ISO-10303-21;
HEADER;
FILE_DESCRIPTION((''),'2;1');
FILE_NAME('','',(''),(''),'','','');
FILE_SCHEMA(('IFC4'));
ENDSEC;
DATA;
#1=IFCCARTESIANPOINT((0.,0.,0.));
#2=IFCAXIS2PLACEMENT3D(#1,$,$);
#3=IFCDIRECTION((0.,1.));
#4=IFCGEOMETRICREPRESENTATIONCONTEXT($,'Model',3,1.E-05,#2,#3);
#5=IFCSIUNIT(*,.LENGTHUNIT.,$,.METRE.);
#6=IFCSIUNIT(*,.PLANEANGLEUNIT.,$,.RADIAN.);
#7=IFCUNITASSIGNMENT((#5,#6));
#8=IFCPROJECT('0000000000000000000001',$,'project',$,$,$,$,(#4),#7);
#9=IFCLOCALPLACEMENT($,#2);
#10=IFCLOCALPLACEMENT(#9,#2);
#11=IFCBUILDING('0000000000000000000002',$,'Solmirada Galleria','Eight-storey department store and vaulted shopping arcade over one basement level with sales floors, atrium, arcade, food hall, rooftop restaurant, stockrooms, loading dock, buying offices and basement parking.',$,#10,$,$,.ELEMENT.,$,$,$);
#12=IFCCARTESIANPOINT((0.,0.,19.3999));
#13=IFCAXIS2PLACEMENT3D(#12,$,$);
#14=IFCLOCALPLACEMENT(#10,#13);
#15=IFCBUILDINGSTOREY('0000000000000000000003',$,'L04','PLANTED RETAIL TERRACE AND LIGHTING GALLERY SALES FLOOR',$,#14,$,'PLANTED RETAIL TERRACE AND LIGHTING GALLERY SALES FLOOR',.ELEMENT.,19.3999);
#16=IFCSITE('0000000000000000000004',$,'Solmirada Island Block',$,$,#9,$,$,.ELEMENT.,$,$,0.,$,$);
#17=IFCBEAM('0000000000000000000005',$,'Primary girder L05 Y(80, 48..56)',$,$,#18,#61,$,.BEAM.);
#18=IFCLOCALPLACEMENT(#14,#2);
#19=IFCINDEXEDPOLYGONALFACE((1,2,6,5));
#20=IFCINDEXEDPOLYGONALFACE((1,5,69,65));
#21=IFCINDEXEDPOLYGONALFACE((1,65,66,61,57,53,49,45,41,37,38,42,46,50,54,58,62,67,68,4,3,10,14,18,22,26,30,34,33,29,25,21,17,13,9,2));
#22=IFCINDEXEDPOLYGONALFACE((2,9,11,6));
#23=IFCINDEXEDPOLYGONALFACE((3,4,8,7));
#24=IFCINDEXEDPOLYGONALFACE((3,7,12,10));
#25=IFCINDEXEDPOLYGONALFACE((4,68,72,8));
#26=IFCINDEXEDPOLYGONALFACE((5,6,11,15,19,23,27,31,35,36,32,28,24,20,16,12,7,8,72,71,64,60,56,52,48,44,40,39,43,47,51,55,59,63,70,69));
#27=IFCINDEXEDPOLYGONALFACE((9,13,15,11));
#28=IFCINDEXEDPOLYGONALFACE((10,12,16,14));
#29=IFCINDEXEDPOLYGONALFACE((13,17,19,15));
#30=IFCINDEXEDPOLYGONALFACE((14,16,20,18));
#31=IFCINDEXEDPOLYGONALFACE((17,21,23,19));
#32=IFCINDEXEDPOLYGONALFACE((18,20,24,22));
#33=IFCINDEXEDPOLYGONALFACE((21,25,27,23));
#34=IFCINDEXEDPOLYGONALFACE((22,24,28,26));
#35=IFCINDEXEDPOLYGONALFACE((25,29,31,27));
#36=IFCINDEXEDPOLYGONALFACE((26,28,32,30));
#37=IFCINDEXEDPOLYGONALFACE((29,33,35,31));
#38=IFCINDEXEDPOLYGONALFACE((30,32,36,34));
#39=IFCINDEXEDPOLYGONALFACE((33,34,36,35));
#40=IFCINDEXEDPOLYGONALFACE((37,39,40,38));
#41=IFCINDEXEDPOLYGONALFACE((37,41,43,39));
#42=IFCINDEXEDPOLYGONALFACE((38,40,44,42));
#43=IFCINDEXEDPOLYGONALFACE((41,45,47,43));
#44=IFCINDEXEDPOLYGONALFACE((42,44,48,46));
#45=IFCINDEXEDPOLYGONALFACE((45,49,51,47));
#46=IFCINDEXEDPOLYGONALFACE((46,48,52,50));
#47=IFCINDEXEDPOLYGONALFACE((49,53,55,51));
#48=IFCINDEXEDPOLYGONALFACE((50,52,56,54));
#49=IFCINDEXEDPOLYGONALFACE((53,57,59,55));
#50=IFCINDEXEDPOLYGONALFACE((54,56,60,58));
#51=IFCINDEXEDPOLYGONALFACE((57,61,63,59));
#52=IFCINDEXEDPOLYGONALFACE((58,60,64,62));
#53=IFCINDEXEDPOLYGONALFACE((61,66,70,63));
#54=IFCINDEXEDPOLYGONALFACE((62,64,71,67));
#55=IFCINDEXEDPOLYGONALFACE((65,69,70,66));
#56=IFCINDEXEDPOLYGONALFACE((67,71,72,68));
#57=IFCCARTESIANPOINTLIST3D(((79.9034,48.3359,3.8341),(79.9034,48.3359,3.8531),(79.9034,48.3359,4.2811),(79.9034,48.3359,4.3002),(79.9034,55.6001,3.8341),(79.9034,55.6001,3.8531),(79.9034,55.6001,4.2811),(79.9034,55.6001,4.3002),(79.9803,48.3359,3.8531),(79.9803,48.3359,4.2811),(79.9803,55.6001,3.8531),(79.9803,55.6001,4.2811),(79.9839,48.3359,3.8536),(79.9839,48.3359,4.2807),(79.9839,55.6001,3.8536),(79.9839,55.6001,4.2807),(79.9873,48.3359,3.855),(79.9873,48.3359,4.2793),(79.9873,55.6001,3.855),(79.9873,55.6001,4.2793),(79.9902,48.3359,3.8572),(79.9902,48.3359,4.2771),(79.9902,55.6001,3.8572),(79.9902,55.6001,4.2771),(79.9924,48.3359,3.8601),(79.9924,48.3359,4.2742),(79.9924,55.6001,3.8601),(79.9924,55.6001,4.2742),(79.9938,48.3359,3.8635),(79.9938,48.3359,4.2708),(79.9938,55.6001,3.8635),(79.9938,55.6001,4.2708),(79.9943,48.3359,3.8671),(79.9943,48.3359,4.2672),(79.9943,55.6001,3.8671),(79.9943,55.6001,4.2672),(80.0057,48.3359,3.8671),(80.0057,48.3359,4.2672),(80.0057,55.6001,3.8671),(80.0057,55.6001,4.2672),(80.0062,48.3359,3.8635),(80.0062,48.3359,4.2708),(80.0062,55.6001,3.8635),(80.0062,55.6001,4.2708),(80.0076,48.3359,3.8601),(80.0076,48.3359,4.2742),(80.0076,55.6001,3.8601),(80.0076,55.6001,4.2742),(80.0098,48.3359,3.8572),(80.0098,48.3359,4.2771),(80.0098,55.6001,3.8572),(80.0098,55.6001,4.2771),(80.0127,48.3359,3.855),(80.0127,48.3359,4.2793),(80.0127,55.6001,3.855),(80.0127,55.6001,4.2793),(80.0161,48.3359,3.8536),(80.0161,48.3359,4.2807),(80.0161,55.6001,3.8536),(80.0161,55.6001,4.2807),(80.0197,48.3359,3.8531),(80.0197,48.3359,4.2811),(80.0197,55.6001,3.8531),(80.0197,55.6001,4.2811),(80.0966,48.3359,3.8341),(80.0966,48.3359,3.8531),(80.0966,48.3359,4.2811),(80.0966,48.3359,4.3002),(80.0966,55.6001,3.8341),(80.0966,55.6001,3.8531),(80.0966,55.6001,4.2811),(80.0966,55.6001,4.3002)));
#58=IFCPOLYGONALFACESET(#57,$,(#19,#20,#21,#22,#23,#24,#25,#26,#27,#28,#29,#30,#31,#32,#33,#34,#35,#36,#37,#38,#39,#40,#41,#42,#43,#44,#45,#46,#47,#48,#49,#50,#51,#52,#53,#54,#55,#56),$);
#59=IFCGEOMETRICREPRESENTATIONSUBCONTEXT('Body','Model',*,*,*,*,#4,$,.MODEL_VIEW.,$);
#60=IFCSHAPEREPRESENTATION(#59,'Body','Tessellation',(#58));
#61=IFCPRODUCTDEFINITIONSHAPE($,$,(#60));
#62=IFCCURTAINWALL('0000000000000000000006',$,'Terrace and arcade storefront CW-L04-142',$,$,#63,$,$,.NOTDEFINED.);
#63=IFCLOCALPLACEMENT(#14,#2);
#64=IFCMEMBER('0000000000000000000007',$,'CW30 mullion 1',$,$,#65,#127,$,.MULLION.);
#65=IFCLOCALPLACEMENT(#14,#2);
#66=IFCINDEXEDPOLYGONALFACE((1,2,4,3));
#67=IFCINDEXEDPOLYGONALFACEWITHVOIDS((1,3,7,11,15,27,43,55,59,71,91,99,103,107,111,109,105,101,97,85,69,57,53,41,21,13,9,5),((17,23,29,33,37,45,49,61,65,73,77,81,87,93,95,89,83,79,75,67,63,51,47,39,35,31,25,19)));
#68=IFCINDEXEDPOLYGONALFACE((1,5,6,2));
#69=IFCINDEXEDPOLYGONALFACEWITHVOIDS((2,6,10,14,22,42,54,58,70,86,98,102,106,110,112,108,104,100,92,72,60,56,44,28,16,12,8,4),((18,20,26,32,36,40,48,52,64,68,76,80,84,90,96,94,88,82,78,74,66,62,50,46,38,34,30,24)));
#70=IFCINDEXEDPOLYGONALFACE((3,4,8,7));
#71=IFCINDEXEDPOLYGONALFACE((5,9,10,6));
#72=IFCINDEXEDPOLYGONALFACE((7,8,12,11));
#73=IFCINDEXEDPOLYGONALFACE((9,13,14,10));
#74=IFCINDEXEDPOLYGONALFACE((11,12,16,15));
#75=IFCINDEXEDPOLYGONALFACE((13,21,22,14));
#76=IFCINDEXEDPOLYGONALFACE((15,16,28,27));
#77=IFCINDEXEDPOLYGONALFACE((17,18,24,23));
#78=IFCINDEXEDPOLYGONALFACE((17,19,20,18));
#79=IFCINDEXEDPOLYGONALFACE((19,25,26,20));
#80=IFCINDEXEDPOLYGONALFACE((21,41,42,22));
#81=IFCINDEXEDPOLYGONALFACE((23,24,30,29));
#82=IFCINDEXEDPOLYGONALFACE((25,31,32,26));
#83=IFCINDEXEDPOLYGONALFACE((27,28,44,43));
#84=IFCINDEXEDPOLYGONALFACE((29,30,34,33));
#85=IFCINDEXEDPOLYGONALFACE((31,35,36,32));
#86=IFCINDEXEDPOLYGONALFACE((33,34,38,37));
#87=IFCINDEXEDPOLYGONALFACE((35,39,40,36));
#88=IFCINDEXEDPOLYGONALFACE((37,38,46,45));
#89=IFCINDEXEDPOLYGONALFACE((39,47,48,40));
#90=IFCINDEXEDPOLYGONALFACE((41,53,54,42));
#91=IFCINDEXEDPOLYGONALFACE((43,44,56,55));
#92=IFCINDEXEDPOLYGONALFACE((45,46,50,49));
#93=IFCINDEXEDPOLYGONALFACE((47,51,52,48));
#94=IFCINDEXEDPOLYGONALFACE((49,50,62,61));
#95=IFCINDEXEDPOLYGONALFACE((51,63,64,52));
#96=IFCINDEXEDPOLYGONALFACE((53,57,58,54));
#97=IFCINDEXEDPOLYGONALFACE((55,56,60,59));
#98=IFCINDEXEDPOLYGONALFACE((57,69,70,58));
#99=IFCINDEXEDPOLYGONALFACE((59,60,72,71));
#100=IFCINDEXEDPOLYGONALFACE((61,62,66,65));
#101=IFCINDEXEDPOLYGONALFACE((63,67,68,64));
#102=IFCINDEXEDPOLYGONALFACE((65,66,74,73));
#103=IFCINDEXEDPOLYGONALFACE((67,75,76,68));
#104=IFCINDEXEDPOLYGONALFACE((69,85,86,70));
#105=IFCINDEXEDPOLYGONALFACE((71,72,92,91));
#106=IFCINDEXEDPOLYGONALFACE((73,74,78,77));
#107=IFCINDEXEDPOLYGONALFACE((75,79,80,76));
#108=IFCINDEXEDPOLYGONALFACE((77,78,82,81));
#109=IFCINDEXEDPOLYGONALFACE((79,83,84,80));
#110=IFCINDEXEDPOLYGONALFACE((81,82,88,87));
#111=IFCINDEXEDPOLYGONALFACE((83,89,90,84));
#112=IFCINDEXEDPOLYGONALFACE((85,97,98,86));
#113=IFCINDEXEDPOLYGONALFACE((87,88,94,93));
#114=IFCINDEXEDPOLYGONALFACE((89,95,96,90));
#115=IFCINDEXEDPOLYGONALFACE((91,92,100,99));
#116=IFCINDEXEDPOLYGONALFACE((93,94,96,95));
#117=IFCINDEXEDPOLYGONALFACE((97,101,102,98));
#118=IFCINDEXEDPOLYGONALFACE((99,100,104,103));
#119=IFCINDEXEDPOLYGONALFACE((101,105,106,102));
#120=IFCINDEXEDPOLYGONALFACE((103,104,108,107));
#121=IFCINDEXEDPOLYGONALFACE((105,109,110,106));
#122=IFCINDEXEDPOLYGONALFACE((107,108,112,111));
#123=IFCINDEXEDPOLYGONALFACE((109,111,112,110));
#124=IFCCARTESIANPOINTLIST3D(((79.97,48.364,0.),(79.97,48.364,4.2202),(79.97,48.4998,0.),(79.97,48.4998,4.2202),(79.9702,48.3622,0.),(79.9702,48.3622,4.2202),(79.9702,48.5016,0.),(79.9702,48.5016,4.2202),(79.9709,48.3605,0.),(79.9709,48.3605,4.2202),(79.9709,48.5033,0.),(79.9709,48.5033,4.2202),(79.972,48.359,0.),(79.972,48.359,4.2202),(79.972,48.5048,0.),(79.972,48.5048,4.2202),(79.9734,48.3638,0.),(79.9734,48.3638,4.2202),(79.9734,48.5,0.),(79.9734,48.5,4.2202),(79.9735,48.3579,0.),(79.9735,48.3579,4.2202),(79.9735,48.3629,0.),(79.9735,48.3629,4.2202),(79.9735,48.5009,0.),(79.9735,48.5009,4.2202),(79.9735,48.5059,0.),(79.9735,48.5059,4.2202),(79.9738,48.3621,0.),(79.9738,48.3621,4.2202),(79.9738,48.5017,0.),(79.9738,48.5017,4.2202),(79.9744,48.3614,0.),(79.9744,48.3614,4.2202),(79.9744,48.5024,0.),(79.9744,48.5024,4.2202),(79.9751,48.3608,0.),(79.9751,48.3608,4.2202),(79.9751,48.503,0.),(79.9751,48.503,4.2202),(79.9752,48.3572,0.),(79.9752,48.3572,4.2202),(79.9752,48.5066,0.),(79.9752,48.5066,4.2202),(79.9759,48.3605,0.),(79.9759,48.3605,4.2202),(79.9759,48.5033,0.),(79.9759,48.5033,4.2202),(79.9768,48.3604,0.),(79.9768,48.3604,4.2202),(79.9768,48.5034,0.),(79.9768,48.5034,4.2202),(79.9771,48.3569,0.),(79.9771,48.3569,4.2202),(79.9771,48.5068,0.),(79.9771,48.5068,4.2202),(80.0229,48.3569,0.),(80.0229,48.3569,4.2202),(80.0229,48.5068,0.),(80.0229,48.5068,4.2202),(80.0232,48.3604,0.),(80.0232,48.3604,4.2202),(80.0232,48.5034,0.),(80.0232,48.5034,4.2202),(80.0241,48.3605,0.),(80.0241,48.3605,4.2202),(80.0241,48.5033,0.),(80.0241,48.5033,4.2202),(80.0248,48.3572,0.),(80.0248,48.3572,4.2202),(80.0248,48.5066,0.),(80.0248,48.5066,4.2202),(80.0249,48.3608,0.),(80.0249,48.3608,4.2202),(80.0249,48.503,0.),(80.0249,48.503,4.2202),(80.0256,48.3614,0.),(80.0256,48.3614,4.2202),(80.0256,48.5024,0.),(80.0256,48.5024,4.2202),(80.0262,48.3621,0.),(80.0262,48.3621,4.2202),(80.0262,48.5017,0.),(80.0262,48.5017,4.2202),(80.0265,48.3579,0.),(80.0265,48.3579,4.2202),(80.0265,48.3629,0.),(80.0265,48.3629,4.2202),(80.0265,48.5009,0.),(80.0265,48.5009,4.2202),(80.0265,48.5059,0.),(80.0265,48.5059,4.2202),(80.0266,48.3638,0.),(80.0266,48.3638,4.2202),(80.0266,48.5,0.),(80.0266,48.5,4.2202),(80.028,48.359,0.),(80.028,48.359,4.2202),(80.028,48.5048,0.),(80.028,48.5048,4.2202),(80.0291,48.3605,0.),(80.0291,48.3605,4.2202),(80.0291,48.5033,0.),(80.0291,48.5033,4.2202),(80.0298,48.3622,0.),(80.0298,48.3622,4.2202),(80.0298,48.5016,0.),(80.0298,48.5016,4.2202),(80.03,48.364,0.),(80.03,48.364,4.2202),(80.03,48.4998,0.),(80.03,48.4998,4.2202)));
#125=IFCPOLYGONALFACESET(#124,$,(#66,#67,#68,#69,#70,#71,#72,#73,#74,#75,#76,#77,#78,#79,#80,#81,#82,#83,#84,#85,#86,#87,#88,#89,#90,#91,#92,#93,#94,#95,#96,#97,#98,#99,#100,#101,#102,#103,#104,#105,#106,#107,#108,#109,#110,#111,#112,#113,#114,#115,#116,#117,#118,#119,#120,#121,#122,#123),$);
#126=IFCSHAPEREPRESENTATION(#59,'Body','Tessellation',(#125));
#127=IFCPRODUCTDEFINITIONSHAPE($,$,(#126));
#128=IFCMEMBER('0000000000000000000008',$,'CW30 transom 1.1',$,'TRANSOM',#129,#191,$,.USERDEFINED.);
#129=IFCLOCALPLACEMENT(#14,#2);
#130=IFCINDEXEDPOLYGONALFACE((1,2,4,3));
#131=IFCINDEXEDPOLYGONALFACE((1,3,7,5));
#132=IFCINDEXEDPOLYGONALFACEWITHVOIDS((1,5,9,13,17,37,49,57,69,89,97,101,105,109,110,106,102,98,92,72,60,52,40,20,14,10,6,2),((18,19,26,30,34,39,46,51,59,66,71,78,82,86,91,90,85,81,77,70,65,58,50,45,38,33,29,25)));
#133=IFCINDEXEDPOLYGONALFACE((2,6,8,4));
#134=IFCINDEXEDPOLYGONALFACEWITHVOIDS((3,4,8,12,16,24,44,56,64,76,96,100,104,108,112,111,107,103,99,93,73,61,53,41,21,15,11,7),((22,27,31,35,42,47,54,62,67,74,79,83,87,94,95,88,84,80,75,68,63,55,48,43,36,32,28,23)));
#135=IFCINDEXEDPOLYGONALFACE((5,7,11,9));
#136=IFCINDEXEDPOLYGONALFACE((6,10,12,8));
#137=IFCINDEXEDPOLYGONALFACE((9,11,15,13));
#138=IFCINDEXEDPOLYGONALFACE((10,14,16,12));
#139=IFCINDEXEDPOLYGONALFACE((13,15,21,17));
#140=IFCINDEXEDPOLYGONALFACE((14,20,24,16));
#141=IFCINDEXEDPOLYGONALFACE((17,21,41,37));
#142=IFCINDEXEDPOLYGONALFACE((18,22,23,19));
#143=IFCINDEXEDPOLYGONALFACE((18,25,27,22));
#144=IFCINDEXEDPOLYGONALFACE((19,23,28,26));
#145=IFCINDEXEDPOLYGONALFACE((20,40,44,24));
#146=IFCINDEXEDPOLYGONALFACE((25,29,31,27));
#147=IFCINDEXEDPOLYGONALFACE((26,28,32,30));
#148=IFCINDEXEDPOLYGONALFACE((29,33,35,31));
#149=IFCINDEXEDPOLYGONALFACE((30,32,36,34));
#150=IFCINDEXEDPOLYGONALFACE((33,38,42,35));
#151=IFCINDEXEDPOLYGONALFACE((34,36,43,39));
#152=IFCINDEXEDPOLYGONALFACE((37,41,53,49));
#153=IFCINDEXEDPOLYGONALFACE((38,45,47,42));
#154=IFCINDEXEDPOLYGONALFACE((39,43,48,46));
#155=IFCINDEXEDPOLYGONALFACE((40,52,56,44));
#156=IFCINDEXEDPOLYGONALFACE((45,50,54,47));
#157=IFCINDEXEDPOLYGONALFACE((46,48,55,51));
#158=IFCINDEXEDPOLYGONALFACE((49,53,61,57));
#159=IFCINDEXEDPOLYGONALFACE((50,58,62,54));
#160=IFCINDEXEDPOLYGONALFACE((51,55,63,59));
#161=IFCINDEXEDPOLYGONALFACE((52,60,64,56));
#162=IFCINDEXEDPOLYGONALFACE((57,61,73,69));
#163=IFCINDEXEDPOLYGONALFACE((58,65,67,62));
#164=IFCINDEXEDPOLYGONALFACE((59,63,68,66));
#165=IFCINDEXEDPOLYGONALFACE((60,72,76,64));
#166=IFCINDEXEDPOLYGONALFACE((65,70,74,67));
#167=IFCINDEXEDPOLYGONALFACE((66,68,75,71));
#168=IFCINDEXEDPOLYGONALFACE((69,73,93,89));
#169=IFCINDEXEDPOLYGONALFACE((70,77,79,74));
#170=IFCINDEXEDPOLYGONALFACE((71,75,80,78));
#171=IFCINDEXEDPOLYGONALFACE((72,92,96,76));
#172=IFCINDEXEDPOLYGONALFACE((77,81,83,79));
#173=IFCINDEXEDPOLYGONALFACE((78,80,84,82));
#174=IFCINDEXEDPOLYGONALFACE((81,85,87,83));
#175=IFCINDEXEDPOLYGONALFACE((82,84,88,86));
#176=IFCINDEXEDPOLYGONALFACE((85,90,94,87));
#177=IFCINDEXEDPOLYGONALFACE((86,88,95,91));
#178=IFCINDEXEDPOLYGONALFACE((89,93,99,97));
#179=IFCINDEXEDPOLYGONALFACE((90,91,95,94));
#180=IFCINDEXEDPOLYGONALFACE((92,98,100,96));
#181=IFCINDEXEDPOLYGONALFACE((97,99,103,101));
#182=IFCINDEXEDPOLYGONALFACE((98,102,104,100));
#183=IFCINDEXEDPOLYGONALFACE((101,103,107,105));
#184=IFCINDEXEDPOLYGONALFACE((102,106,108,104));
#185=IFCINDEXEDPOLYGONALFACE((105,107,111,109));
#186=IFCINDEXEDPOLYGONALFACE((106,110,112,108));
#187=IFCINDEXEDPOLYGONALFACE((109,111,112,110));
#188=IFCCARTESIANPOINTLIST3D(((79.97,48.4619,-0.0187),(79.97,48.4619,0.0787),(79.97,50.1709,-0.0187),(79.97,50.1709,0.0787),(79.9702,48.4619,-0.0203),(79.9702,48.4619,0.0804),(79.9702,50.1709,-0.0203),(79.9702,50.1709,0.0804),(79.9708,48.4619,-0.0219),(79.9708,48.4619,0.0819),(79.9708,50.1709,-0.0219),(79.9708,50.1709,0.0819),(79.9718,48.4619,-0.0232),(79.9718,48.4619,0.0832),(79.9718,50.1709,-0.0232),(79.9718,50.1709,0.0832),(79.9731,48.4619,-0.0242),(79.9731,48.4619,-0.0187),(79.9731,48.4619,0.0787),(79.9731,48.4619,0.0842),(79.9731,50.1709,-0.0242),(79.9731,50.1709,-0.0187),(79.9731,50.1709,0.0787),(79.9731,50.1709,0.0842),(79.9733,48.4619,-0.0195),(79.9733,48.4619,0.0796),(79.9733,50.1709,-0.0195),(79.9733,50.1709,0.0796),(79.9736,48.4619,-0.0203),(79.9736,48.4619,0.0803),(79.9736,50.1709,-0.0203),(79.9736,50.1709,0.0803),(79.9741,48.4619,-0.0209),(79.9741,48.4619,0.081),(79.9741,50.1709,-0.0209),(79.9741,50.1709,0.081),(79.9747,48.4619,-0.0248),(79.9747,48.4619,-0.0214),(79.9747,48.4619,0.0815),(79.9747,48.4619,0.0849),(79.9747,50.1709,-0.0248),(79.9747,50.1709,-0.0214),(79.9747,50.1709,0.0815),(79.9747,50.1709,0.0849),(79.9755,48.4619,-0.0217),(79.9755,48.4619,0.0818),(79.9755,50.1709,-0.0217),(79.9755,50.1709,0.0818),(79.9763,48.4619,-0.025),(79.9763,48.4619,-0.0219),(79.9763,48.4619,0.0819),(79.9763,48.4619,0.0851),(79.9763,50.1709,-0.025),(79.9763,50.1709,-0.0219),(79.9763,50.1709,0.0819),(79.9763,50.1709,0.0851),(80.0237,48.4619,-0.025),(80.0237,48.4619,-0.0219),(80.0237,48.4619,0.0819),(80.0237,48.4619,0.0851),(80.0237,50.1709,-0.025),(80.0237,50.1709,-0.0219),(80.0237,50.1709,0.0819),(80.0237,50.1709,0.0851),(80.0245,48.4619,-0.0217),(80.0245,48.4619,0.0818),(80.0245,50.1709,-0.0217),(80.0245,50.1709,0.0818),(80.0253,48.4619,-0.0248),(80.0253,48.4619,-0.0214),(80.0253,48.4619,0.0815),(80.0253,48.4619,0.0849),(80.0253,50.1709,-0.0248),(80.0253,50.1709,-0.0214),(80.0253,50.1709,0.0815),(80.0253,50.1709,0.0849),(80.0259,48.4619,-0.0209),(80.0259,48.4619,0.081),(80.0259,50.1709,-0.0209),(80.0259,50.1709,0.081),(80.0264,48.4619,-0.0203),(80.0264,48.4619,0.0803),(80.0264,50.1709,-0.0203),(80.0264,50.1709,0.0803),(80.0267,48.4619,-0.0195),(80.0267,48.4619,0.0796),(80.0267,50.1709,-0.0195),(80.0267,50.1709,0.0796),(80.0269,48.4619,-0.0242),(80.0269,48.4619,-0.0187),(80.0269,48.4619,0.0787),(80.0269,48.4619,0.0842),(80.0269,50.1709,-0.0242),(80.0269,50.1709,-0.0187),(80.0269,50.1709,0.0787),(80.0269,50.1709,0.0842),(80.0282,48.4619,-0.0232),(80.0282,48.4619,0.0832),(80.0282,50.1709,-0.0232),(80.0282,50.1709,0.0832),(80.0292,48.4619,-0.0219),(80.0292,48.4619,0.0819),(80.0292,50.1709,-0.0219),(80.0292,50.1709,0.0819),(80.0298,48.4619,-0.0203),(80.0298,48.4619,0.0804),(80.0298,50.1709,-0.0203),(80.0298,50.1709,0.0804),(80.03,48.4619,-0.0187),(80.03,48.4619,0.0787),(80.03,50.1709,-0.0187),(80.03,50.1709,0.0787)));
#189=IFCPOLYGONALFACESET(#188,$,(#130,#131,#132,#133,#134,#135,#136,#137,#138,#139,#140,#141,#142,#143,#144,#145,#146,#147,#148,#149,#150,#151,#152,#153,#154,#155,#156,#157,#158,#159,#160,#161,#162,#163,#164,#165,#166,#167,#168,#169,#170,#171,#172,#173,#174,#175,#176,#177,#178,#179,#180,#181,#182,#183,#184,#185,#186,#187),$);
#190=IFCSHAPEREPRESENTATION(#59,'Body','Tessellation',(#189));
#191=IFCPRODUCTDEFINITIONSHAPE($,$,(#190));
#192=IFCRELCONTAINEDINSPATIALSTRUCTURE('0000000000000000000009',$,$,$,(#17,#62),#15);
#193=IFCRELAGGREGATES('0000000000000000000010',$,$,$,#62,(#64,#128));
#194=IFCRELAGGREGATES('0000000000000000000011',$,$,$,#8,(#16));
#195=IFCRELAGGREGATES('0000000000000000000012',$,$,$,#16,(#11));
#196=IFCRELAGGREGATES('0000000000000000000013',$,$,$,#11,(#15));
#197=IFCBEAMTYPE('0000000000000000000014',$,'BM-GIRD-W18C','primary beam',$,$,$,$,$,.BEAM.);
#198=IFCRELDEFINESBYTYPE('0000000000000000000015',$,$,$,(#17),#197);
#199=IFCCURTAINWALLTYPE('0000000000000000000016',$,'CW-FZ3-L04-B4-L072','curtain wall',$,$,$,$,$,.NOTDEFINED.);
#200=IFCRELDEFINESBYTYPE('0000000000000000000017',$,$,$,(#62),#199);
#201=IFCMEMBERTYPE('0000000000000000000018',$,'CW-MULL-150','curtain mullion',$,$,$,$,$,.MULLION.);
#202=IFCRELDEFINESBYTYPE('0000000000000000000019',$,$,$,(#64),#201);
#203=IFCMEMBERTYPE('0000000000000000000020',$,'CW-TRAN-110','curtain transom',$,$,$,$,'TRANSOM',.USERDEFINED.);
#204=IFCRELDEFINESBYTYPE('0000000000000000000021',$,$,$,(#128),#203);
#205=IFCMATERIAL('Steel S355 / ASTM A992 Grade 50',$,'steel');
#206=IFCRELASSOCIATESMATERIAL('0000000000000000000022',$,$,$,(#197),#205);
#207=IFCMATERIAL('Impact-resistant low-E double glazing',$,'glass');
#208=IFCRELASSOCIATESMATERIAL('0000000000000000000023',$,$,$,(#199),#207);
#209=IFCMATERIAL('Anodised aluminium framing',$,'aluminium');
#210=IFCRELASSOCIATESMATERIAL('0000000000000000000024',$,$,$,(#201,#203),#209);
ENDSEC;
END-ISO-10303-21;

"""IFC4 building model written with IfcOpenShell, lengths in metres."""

from ifc_helpers import new_model, si_unit, direction, frame, origin, origin_2d, place, context, subcontext, project, spatial, hollow_rectangle, i_section, extrude, material, material_profile, profile_set, type_object, element, aggregate, save


model = new_model("IFC4")

# Units and contexts
model_context = context("Model", 3, precision=1e-05, world=origin(), true_north=direction((0.0, 1.0)))
body_context = subcontext(model_context, "Body", "Model", "MODEL_VIEW")
ifc_project = project(units=[si_unit("LENGTHUNIT", "METRE"), si_unit("PLANEANGLEUNIT", "RADIAN")], contexts=[model_context])

# Site, building, storey
site_placement = place(None, origin())
site = spatial("IfcSite", under=ifc_project, at=site_placement, Name="Solmirada Island Block", CompositionType="ELEMENT", RefElevation=0.0)
building_placement = place(site_placement, origin())
building = spatial("IfcBuilding", under=site, at=building_placement, Name="Solmirada Galleria", Description="Eight-storey department store and vaulted shopping arcade over one basement level with sales floors, atrium, arcade, food hall, rooftop restaurant, stockrooms, loading dock, buying offices and basement parking.", CompositionType="ELEMENT")
storey_placement = place(building_placement, frame((0.0, 0.0, 19.3999)))
storey = spatial("IfcBuildingStorey", under=building, at=storey_placement, Name="L04", Description="PLANTED RETAIL TERRACE AND LIGHTING GALLERY SALES FLOOR", LongName="PLANTED RETAIL TERRACE AND LIGHTING GALLERY SALES FLOOR", CompositionType="ELEMENT", Elevation=19.3999)

# Beam
ifc_material_1 = material(Name="Steel S355 / ASTM A992 Grade 50", Category="steel")
ifc_material_profile_1 = material_profile(ifc_material_1, i_section(OverallWidth=0.1931, OverallDepth=0.4661, WebThickness=0.0115, FlangeThickness=0.019, FilletRadius=0.0139, at=origin_2d()), Name="W18X65")
ifc_profile_set_1 = profile_set([ifc_material_profile_1], Name="Steel S355 / ASTM A992 Grade 50")
beam_type = type_object("IfcBeamType", Name="BM-GIRD-W18C", Description="primary beam", PredefinedType="BEAM", material=ifc_profile_set_1)
beam_1_placement = place(storey_placement, frame((80.0, 48.3359, 4.0671), z_axis=(0.0, 1.0, 0.0), x_axis=(-1.0, 0.0, 0.0)))
element("IfcBeam", 1, at=beam_1_placement, inside=storey, type_object=beam_type, Name="Primary girder L05 Y(80, 48..56)", PredefinedType="BEAM", context=body_context, shape_type="SweptSolid", body=[
    extrude(i_section(OverallWidth=0.1931, OverallDepth=0.4661, WebThickness=0.0115, FlangeThickness=0.019, FilletRadius=0.0139, at=origin_2d()), origin(), (0.0, 0.0, 1.0), 7.2642),
])

# Curtain wall, members
ifc_material_2 = material(Name="Impact-resistant low-E double glazing", Category="glass")
curtain_wall_type = type_object("IfcCurtainWallType", Name="CW-FZ3-L04-B4-L072", Description="curtain wall", PredefinedType="NOTDEFINED", material=ifc_material_2)
curtain_wall_placement = place(storey_placement, origin())
curtain_wall = element("IfcCurtainWall", 2, at=curtain_wall_placement, inside=storey, type_object=curtain_wall_type, Name="Terrace and arcade storefront CW-L04-142", PredefinedType="NOTDEFINED")
ifc_material_3 = material(Name="Anodised aluminium framing", Category="aluminium")
ifc_material_profile_2 = material_profile(ifc_material_3, hollow_rectangle(XDim=0.0601, YDim=0.1499, WallThickness=0.0034, InnerFilletRadius=0.0034, OuterFilletRadius=0.0071, at=origin_2d()), Name="ALU-MULL-150X60")
ifc_profile_set_2 = profile_set([ifc_material_profile_2], Name="Anodised aluminium framing")
member_type_1 = type_object("IfcMemberType", Name="CW-MULL-150", Description="curtain mullion", PredefinedType="MULLION", material=ifc_profile_set_2)
member_1_placement = place(storey_placement, frame((80.0, 48.4319, 0.0), z_axis=(0.0, 0.0, 1.0), x_axis=(-1.0, 0.0, 0.0)))
member_1 = element("IfcMember", 3, at=member_1_placement, type_object=member_type_1, Name="CW30 mullion 1", PredefinedType="MULLION", context=body_context, shape_type="SweptSolid", body=[
    extrude(hollow_rectangle(XDim=0.0601, YDim=0.1499, WallThickness=0.0034, InnerFilletRadius=0.0034, OuterFilletRadius=0.0071, at=origin_2d()), origin(), (0.0, 0.0, 1.0), 4.2202),
])
ifc_material_profile_3 = material_profile(ifc_material_3, hollow_rectangle(XDim=0.0601, YDim=0.1101, WallThickness=0.0032, InnerFilletRadius=0.0032, OuterFilletRadius=0.0063, at=origin_2d()), Name="ALU-TRAN-110X60")
ifc_profile_set_3 = profile_set([ifc_material_profile_3], Name="Anodised aluminium framing")
member_type_2 = type_object("IfcMemberType", Name="CW-TRAN-110", Description="curtain transom", ElementType="TRANSOM", PredefinedType="USERDEFINED", material=ifc_profile_set_3)
member_2_placement = place(storey_placement, frame((80.0, 48.4619, 0.03), z_axis=(0.0, 1.0, 0.0), x_axis=(-1.0, 0.0, 0.0)))
member_2 = element("IfcMember", 4, at=member_2_placement, type_object=member_type_2, Name="CW30 transom 1.1", ObjectType="TRANSOM", PredefinedType="USERDEFINED", context=body_context, shape_type="SweptSolid", body=[
    extrude(hollow_rectangle(XDim=0.0601, YDim=0.1101, WallThickness=0.0032, InnerFilletRadius=0.0032, OuterFilletRadius=0.0063, at=origin_2d()), origin(), (0.0, 0.0, 1.0), 1.709),
])
aggregate(curtain_wall, [member_1, member_2])

save(model, "model.ifc")
